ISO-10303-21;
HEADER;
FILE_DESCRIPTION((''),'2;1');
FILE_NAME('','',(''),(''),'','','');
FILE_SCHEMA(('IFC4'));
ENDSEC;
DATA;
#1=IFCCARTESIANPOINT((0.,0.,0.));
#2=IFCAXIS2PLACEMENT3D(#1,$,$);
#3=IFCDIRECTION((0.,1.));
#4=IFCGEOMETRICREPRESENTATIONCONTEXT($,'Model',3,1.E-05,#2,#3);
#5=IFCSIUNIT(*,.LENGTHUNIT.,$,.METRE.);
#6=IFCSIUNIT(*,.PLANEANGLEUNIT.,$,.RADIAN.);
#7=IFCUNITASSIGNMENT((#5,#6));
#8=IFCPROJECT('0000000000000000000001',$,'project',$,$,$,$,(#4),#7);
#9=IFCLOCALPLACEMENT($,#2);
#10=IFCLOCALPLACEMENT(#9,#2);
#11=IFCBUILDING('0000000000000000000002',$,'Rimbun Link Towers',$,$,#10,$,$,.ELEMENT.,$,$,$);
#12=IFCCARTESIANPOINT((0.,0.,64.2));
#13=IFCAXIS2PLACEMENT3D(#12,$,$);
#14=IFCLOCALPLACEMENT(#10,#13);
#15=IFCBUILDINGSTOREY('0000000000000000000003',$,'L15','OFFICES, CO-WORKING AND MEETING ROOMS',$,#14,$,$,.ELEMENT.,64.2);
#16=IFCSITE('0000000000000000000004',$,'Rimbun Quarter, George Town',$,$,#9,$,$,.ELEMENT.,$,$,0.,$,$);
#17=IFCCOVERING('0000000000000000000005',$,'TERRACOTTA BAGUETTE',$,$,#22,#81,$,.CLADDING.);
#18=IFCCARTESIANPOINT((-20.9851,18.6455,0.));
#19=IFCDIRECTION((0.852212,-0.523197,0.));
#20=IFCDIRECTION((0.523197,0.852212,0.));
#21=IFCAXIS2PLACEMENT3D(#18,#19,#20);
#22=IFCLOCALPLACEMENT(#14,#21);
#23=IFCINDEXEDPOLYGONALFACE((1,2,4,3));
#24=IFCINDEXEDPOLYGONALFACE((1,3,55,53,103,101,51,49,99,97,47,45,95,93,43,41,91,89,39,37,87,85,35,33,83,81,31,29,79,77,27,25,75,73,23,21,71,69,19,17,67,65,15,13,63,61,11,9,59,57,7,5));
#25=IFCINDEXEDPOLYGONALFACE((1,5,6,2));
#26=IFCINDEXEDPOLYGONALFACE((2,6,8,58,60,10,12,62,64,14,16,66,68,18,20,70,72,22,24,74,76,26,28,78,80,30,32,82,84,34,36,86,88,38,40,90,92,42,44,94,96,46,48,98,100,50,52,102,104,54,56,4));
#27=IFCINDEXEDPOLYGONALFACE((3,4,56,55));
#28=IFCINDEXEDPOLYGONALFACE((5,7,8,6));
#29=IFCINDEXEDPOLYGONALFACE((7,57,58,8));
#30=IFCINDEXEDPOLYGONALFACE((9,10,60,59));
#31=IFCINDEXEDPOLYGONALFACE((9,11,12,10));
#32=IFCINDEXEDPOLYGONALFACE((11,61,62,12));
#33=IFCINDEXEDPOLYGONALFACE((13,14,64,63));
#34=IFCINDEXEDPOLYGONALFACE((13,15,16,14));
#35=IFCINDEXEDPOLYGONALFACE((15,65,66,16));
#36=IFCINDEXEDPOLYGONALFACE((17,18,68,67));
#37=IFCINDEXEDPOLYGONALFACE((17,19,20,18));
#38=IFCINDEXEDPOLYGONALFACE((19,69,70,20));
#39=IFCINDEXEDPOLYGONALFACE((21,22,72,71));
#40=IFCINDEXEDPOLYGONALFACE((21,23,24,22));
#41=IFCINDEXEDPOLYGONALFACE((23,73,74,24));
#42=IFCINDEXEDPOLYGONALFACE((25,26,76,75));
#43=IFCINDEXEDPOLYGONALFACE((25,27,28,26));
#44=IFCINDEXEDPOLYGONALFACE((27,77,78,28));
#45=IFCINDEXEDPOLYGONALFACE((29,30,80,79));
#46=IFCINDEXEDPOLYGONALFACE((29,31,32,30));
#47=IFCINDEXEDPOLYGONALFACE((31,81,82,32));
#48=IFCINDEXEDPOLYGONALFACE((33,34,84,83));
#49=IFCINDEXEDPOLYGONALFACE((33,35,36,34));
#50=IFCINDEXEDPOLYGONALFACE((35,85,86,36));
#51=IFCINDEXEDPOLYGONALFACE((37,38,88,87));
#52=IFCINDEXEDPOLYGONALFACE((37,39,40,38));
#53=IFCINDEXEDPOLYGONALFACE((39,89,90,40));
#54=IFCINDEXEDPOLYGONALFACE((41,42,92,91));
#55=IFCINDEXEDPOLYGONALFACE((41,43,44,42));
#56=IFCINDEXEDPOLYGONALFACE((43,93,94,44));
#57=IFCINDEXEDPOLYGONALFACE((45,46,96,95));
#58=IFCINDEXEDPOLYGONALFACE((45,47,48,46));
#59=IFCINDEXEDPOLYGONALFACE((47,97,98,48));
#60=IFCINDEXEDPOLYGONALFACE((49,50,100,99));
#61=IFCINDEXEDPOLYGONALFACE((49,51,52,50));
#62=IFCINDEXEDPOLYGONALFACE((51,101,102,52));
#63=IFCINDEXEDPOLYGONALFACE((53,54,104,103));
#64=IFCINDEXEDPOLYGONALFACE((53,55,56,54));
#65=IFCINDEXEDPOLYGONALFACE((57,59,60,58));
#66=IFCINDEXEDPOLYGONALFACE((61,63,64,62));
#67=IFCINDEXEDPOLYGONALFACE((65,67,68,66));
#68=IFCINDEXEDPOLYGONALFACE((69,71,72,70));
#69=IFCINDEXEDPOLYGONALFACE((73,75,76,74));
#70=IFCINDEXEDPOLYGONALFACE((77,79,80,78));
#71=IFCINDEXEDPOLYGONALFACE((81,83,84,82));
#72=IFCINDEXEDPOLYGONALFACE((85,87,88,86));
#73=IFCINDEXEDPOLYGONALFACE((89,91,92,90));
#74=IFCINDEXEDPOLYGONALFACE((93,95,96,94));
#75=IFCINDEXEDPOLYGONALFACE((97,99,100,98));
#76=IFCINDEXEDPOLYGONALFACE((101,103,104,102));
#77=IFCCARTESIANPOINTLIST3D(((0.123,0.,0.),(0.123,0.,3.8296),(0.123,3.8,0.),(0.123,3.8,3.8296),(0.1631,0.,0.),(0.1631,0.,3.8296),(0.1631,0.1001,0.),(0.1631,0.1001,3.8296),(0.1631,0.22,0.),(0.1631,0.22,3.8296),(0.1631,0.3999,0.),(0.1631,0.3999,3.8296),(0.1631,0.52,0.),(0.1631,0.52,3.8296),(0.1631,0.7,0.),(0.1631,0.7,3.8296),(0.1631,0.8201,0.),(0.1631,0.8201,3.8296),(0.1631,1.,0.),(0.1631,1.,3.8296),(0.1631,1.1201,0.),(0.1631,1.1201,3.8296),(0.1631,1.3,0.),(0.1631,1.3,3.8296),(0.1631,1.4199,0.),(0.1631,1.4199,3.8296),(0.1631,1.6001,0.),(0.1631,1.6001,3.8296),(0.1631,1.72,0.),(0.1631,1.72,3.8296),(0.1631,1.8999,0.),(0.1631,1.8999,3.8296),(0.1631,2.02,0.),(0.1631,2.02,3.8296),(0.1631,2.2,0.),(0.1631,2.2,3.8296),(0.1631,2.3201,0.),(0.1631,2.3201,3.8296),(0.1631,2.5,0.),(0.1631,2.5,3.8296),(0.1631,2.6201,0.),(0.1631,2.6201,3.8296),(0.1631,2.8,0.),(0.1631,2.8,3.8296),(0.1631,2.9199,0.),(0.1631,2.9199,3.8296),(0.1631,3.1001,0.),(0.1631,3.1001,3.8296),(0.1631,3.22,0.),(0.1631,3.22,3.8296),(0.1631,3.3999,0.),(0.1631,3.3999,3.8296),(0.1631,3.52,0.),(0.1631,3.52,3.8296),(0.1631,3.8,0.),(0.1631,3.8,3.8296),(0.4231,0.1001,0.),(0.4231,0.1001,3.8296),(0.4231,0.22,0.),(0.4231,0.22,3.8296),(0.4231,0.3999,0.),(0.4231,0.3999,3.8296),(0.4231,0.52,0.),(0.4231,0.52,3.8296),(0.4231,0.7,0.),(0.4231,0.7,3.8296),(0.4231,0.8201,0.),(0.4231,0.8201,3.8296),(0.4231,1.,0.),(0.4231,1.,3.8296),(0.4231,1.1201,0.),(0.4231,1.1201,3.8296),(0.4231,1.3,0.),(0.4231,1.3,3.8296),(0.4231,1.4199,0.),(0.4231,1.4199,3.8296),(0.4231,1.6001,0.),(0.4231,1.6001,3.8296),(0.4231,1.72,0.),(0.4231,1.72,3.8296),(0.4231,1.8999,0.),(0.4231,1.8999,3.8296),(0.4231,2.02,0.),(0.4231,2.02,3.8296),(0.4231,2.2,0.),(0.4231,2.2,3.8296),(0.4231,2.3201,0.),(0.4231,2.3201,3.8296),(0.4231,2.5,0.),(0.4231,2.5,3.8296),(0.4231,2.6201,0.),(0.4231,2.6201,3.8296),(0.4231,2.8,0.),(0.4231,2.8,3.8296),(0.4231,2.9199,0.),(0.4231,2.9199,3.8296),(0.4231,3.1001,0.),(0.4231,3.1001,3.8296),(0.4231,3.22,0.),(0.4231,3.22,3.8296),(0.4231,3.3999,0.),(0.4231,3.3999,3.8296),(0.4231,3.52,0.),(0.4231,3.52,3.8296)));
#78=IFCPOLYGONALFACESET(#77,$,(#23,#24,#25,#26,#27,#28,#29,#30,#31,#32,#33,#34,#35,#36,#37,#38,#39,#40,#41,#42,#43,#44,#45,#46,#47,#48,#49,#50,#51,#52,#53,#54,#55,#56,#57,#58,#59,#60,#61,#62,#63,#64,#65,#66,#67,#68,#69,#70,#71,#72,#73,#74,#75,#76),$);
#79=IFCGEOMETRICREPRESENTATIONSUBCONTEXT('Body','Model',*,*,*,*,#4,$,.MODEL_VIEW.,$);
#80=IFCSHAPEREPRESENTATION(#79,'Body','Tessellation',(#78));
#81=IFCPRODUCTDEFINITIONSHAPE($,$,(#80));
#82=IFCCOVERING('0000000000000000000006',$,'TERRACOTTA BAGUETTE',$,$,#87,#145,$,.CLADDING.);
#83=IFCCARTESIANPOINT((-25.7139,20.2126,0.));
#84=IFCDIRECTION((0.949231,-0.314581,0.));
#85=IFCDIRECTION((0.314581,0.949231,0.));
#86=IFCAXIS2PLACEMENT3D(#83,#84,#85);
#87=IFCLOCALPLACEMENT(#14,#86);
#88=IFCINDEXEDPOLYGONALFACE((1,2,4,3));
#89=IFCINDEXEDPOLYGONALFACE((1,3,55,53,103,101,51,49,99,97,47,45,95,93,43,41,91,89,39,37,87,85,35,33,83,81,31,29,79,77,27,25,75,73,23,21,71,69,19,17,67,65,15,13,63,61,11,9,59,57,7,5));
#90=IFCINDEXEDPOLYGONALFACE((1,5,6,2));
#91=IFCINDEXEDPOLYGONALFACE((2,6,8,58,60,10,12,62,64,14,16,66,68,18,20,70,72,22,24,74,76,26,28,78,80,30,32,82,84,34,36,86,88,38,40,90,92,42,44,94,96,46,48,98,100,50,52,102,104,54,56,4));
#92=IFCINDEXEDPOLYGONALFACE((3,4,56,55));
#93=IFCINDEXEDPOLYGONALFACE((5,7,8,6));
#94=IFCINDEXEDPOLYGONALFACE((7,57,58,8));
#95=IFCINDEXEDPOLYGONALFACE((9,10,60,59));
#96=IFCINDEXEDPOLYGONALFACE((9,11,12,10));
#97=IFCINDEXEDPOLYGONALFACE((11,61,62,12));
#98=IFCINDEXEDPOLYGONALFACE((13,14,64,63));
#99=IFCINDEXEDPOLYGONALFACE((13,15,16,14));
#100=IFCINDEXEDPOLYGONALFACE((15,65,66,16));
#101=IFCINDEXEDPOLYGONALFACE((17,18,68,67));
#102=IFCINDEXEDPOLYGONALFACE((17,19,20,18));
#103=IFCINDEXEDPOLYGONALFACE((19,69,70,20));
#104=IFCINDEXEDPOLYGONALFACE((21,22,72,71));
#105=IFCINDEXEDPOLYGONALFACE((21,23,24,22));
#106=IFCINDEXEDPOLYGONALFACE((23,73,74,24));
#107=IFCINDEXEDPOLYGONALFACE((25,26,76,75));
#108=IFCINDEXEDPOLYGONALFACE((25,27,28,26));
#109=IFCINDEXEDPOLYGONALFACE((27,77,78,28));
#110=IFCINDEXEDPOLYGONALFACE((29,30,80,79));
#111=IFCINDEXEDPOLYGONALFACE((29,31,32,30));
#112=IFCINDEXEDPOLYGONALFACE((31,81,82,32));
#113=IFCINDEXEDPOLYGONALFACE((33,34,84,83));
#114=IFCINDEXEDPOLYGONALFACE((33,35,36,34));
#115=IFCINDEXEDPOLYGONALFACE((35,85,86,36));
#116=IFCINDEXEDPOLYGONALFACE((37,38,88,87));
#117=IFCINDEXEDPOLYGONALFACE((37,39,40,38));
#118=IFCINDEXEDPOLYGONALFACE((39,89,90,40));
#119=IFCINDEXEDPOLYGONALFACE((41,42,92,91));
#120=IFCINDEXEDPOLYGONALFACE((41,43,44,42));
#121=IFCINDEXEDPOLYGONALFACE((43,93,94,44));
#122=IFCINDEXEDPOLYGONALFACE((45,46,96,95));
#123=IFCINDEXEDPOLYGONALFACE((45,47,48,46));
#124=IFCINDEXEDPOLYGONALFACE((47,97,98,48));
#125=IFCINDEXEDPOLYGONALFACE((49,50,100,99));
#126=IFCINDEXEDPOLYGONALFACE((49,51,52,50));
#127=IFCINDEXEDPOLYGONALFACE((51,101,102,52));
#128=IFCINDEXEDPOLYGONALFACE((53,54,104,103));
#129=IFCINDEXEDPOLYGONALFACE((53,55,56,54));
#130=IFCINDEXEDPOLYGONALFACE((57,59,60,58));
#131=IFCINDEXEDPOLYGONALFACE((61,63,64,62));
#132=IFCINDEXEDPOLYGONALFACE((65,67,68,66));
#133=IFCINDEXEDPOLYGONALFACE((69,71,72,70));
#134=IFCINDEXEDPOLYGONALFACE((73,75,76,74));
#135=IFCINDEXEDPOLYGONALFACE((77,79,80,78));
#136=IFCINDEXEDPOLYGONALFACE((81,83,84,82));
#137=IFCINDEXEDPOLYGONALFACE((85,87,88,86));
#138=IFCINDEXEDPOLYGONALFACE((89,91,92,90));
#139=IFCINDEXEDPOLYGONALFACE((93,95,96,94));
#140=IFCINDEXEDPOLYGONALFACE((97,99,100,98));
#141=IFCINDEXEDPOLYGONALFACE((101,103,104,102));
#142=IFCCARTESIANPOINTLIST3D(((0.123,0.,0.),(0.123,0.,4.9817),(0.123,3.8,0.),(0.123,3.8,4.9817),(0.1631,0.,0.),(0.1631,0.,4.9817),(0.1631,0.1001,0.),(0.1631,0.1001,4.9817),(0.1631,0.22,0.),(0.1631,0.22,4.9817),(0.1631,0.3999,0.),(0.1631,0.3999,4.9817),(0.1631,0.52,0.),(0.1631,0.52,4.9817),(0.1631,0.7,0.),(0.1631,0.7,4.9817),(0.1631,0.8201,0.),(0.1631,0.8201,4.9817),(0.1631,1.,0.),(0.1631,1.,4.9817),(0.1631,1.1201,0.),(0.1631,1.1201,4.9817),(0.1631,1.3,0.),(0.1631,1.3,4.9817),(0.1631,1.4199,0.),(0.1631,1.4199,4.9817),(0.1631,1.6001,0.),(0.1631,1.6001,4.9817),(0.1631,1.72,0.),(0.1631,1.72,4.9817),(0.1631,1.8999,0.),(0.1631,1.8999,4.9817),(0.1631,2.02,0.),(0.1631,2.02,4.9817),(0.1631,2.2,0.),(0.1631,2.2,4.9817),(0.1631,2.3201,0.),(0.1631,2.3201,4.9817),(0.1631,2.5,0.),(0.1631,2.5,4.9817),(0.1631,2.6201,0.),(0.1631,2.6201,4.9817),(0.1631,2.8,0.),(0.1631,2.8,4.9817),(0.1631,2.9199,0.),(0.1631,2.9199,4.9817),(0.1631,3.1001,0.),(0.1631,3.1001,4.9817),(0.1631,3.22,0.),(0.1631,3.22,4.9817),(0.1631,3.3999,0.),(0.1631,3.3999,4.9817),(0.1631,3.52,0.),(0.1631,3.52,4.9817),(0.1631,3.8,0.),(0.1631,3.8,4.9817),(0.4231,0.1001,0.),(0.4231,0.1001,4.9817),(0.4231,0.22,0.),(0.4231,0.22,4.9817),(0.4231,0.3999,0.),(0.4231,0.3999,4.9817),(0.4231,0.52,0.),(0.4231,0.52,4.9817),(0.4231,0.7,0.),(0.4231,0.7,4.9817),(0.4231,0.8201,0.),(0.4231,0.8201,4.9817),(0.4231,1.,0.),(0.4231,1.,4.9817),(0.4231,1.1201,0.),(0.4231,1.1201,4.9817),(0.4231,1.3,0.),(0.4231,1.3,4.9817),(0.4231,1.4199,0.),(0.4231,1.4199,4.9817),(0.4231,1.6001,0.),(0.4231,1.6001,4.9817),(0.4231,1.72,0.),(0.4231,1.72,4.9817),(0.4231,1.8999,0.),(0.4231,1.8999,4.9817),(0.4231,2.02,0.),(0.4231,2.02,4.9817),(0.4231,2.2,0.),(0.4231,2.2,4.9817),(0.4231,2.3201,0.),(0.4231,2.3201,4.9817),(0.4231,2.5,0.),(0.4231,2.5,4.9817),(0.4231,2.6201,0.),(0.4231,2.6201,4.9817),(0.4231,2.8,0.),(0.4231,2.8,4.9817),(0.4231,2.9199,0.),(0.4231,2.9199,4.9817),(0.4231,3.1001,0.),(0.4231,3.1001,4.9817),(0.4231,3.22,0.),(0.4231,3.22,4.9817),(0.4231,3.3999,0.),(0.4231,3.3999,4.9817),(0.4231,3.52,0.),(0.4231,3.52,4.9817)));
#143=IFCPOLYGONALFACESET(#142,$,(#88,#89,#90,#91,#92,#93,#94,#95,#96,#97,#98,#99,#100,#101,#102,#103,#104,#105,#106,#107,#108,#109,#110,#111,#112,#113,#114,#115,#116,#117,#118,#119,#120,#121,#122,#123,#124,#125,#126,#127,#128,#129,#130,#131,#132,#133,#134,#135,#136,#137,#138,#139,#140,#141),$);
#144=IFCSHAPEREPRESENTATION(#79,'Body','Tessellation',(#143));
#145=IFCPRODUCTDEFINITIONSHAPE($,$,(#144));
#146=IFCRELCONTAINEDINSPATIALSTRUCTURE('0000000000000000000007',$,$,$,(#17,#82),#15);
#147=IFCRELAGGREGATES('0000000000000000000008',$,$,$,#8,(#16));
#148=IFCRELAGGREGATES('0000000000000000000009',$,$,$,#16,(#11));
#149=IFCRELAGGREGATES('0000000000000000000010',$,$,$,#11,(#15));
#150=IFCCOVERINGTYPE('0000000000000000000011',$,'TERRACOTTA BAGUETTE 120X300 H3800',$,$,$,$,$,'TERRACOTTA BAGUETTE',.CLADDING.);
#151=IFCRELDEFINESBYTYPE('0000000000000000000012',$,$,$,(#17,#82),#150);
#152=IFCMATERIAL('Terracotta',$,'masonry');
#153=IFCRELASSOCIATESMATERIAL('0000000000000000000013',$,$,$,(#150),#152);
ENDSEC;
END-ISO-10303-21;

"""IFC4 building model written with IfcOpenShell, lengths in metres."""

from ifc_helpers import new_model, si_unit, direction, frame, origin, place, context, subcontext, project, spatial, polyline, outline, extrude, material, material_profile, profile_set, type_object, element, save


model = new_model("IFC4")

# Units and contexts
model_context = context("Model", 3, precision=1e-05, world=origin(), true_north=direction((0.0, 1.0)))
body_context = subcontext(model_context, "Body", "Model", "MODEL_VIEW")
ifc_project = project(units=[si_unit("LENGTHUNIT", "METRE"), si_unit("PLANEANGLEUNIT", "RADIAN")], contexts=[model_context])

# Site, building, storey
site_placement = place(None, origin())
site = spatial("IfcSite", under=ifc_project, at=site_placement, Name="Rimbun Quarter, George Town", CompositionType="ELEMENT", RefElevation=0.0)
building_placement = place(site_placement, origin())
building = spatial("IfcBuilding", under=site, at=building_placement, Name="Rimbun Link Towers", CompositionType="ELEMENT")
storey_placement = place(building_placement, frame((0.0, 0.0, 64.2)))
storey = spatial("IfcBuildingStorey", under=building, at=storey_placement, Name="L15", Description="OFFICES, CO-WORKING AND MEETING ROOMS", CompositionType="ELEMENT", Elevation=64.2)

# Coverings
ifc_material_1 = material(Name="Terracotta", Category="masonry")
ifc_material_profile_1 = material_profile(ifc_material_1, outline(polyline([(0.123, 0.0), (0.1631, 0.0), (0.1631, 0.1001), (0.4231, 0.1001), (0.4231, 0.22), (0.1631, 0.22), (0.1631, 0.3999), (0.4231, 0.3999), (0.4231, 0.52), (0.1631, 0.52), (0.1631, 0.7), (0.4231, 0.7), (0.4231, 0.8201), (0.1631, 0.8201), (0.1631, 1.0), (0.4231, 1.0), (0.4231, 1.1201), (0.1631, 1.1201), (0.1631, 1.3), (0.4231, 1.3), (0.4231, 1.4199), (0.1631, 1.4199), (0.1631, 1.6001), (0.4231, 1.6001), (0.4231, 1.72), (0.1631, 1.72), (0.1631, 1.8999), (0.4231, 1.8999), (0.4231, 2.02), (0.1631, 2.02), (0.1631, 2.2), (0.4231, 2.2), (0.4231, 2.3201), (0.1631, 2.3201), (0.1631, 2.5), (0.4231, 2.5), (0.4231, 2.6201), (0.1631, 2.6201), (0.1631, 2.8), (0.4231, 2.8), (0.4231, 2.9199), (0.1631, 2.9199), (0.1631, 3.1001), (0.4231, 3.1001), (0.4231, 3.22), (0.1631, 3.22), (0.1631, 3.3999), (0.4231, 3.3999), (0.4231, 3.52), (0.1631, 3.52), (0.1631, 3.8), (0.123, 3.8), (0.123, 0.0)])), Name="BAGUETTE 120X300")
ifc_profile_set_1 = profile_set([ifc_material_profile_1], Name="Terracotta")
covering_type = type_object("IfcCoveringType", Name="TERRACOTTA BAGUETTE 120X300 H3800", ElementType="TERRACOTTA BAGUETTE", PredefinedType="CLADDING", material=ifc_profile_set_1)
covering_1_placement = place(storey_placement, frame((-20.9851, 18.6455, 0.0), z_axis=(0.852212, -0.523197, 0.0), x_axis=(0.523197, 0.852212, 0.0)))
element("IfcCovering", 1, at=covering_1_placement, inside=storey, type_object=covering_type, Name="TERRACOTTA BAGUETTE", PredefinedType="CLADDING", context=body_context, shape_type="SweptSolid", body=[
    extrude(outline(polyline([(0.123, 0.0), (0.1631, 0.0), (0.1631, 0.1001), (0.4231, 0.1001), (0.4231, 0.22), (0.1631, 0.22), (0.1631, 0.3999), (0.4231, 0.3999), (0.4231, 0.52), (0.1631, 0.52), (0.1631, 0.7), (0.4231, 0.7), (0.4231, 0.8201), (0.1631, 0.8201), (0.1631, 1.0), (0.4231, 1.0), (0.4231, 1.1201), (0.1631, 1.1201), (0.1631, 1.3), (0.4231, 1.3), (0.4231, 1.4199), (0.1631, 1.4199), (0.1631, 1.6001), (0.4231, 1.6001), (0.4231, 1.72), (0.1631, 1.72), (0.1631, 1.8999), (0.4231, 1.8999), (0.4231, 2.02), (0.1631, 2.02), (0.1631, 2.2), (0.4231, 2.2), (0.4231, 2.3201), (0.1631, 2.3201), (0.1631, 2.5), (0.4231, 2.5), (0.4231, 2.6201), (0.1631, 2.6201), (0.1631, 2.8), (0.4231, 2.8), (0.4231, 2.9199), (0.1631, 2.9199), (0.1631, 3.1001), (0.4231, 3.1001), (0.4231, 3.22), (0.1631, 3.22), (0.1631, 3.3999), (0.4231, 3.3999), (0.4231, 3.52), (0.1631, 3.52), (0.1631, 3.8), (0.123, 3.8), (0.123, 0.0)])), origin(), (0.0, 0.0, 1.0), 3.8296),
])
covering_2_placement = place(storey_placement, frame((-25.7139, 20.2126, 0.0), z_axis=(0.949231, -0.314581, 0.0), x_axis=(0.314581, 0.949231, 0.0)))
element("IfcCovering", 2, at=covering_2_placement, inside=storey, type_object=covering_type, Name="TERRACOTTA BAGUETTE", PredefinedType="CLADDING", context=body_context, shape_type="SweptSolid", body=[
    extrude(outline(polyline([(0.123, 0.0), (0.1631, 0.0), (0.1631, 0.1001), (0.4231, 0.1001), (0.4231, 0.22), (0.1631, 0.22), (0.1631, 0.3999), (0.4231, 0.3999), (0.4231, 0.52), (0.1631, 0.52), (0.1631, 0.7), (0.4231, 0.7), (0.4231, 0.8201), (0.1631, 0.8201), (0.1631, 1.0), (0.4231, 1.0), (0.4231, 1.1201), (0.1631, 1.1201), (0.1631, 1.3), (0.4231, 1.3), (0.4231, 1.4199), (0.1631, 1.4199), (0.1631, 1.6001), (0.4231, 1.6001), (0.4231, 1.72), (0.1631, 1.72), (0.1631, 1.8999), (0.4231, 1.8999), (0.4231, 2.02), (0.1631, 2.02), (0.1631, 2.2), (0.4231, 2.2), (0.4231, 2.3201), (0.1631, 2.3201), (0.1631, 2.5), (0.4231, 2.5), (0.4231, 2.6201), (0.1631, 2.6201), (0.1631, 2.8), (0.4231, 2.8), (0.4231, 2.9199), (0.1631, 2.9199), (0.1631, 3.1001), (0.4231, 3.1001), (0.4231, 3.22), (0.1631, 3.22), (0.1631, 3.3999), (0.4231, 3.3999), (0.4231, 3.52), (0.1631, 3.52), (0.1631, 3.8), (0.123, 3.8), (0.123, 0.0)])), origin(), (0.0, 0.0, 1.0), 4.9817),
])

save(model, "model.ifc")
